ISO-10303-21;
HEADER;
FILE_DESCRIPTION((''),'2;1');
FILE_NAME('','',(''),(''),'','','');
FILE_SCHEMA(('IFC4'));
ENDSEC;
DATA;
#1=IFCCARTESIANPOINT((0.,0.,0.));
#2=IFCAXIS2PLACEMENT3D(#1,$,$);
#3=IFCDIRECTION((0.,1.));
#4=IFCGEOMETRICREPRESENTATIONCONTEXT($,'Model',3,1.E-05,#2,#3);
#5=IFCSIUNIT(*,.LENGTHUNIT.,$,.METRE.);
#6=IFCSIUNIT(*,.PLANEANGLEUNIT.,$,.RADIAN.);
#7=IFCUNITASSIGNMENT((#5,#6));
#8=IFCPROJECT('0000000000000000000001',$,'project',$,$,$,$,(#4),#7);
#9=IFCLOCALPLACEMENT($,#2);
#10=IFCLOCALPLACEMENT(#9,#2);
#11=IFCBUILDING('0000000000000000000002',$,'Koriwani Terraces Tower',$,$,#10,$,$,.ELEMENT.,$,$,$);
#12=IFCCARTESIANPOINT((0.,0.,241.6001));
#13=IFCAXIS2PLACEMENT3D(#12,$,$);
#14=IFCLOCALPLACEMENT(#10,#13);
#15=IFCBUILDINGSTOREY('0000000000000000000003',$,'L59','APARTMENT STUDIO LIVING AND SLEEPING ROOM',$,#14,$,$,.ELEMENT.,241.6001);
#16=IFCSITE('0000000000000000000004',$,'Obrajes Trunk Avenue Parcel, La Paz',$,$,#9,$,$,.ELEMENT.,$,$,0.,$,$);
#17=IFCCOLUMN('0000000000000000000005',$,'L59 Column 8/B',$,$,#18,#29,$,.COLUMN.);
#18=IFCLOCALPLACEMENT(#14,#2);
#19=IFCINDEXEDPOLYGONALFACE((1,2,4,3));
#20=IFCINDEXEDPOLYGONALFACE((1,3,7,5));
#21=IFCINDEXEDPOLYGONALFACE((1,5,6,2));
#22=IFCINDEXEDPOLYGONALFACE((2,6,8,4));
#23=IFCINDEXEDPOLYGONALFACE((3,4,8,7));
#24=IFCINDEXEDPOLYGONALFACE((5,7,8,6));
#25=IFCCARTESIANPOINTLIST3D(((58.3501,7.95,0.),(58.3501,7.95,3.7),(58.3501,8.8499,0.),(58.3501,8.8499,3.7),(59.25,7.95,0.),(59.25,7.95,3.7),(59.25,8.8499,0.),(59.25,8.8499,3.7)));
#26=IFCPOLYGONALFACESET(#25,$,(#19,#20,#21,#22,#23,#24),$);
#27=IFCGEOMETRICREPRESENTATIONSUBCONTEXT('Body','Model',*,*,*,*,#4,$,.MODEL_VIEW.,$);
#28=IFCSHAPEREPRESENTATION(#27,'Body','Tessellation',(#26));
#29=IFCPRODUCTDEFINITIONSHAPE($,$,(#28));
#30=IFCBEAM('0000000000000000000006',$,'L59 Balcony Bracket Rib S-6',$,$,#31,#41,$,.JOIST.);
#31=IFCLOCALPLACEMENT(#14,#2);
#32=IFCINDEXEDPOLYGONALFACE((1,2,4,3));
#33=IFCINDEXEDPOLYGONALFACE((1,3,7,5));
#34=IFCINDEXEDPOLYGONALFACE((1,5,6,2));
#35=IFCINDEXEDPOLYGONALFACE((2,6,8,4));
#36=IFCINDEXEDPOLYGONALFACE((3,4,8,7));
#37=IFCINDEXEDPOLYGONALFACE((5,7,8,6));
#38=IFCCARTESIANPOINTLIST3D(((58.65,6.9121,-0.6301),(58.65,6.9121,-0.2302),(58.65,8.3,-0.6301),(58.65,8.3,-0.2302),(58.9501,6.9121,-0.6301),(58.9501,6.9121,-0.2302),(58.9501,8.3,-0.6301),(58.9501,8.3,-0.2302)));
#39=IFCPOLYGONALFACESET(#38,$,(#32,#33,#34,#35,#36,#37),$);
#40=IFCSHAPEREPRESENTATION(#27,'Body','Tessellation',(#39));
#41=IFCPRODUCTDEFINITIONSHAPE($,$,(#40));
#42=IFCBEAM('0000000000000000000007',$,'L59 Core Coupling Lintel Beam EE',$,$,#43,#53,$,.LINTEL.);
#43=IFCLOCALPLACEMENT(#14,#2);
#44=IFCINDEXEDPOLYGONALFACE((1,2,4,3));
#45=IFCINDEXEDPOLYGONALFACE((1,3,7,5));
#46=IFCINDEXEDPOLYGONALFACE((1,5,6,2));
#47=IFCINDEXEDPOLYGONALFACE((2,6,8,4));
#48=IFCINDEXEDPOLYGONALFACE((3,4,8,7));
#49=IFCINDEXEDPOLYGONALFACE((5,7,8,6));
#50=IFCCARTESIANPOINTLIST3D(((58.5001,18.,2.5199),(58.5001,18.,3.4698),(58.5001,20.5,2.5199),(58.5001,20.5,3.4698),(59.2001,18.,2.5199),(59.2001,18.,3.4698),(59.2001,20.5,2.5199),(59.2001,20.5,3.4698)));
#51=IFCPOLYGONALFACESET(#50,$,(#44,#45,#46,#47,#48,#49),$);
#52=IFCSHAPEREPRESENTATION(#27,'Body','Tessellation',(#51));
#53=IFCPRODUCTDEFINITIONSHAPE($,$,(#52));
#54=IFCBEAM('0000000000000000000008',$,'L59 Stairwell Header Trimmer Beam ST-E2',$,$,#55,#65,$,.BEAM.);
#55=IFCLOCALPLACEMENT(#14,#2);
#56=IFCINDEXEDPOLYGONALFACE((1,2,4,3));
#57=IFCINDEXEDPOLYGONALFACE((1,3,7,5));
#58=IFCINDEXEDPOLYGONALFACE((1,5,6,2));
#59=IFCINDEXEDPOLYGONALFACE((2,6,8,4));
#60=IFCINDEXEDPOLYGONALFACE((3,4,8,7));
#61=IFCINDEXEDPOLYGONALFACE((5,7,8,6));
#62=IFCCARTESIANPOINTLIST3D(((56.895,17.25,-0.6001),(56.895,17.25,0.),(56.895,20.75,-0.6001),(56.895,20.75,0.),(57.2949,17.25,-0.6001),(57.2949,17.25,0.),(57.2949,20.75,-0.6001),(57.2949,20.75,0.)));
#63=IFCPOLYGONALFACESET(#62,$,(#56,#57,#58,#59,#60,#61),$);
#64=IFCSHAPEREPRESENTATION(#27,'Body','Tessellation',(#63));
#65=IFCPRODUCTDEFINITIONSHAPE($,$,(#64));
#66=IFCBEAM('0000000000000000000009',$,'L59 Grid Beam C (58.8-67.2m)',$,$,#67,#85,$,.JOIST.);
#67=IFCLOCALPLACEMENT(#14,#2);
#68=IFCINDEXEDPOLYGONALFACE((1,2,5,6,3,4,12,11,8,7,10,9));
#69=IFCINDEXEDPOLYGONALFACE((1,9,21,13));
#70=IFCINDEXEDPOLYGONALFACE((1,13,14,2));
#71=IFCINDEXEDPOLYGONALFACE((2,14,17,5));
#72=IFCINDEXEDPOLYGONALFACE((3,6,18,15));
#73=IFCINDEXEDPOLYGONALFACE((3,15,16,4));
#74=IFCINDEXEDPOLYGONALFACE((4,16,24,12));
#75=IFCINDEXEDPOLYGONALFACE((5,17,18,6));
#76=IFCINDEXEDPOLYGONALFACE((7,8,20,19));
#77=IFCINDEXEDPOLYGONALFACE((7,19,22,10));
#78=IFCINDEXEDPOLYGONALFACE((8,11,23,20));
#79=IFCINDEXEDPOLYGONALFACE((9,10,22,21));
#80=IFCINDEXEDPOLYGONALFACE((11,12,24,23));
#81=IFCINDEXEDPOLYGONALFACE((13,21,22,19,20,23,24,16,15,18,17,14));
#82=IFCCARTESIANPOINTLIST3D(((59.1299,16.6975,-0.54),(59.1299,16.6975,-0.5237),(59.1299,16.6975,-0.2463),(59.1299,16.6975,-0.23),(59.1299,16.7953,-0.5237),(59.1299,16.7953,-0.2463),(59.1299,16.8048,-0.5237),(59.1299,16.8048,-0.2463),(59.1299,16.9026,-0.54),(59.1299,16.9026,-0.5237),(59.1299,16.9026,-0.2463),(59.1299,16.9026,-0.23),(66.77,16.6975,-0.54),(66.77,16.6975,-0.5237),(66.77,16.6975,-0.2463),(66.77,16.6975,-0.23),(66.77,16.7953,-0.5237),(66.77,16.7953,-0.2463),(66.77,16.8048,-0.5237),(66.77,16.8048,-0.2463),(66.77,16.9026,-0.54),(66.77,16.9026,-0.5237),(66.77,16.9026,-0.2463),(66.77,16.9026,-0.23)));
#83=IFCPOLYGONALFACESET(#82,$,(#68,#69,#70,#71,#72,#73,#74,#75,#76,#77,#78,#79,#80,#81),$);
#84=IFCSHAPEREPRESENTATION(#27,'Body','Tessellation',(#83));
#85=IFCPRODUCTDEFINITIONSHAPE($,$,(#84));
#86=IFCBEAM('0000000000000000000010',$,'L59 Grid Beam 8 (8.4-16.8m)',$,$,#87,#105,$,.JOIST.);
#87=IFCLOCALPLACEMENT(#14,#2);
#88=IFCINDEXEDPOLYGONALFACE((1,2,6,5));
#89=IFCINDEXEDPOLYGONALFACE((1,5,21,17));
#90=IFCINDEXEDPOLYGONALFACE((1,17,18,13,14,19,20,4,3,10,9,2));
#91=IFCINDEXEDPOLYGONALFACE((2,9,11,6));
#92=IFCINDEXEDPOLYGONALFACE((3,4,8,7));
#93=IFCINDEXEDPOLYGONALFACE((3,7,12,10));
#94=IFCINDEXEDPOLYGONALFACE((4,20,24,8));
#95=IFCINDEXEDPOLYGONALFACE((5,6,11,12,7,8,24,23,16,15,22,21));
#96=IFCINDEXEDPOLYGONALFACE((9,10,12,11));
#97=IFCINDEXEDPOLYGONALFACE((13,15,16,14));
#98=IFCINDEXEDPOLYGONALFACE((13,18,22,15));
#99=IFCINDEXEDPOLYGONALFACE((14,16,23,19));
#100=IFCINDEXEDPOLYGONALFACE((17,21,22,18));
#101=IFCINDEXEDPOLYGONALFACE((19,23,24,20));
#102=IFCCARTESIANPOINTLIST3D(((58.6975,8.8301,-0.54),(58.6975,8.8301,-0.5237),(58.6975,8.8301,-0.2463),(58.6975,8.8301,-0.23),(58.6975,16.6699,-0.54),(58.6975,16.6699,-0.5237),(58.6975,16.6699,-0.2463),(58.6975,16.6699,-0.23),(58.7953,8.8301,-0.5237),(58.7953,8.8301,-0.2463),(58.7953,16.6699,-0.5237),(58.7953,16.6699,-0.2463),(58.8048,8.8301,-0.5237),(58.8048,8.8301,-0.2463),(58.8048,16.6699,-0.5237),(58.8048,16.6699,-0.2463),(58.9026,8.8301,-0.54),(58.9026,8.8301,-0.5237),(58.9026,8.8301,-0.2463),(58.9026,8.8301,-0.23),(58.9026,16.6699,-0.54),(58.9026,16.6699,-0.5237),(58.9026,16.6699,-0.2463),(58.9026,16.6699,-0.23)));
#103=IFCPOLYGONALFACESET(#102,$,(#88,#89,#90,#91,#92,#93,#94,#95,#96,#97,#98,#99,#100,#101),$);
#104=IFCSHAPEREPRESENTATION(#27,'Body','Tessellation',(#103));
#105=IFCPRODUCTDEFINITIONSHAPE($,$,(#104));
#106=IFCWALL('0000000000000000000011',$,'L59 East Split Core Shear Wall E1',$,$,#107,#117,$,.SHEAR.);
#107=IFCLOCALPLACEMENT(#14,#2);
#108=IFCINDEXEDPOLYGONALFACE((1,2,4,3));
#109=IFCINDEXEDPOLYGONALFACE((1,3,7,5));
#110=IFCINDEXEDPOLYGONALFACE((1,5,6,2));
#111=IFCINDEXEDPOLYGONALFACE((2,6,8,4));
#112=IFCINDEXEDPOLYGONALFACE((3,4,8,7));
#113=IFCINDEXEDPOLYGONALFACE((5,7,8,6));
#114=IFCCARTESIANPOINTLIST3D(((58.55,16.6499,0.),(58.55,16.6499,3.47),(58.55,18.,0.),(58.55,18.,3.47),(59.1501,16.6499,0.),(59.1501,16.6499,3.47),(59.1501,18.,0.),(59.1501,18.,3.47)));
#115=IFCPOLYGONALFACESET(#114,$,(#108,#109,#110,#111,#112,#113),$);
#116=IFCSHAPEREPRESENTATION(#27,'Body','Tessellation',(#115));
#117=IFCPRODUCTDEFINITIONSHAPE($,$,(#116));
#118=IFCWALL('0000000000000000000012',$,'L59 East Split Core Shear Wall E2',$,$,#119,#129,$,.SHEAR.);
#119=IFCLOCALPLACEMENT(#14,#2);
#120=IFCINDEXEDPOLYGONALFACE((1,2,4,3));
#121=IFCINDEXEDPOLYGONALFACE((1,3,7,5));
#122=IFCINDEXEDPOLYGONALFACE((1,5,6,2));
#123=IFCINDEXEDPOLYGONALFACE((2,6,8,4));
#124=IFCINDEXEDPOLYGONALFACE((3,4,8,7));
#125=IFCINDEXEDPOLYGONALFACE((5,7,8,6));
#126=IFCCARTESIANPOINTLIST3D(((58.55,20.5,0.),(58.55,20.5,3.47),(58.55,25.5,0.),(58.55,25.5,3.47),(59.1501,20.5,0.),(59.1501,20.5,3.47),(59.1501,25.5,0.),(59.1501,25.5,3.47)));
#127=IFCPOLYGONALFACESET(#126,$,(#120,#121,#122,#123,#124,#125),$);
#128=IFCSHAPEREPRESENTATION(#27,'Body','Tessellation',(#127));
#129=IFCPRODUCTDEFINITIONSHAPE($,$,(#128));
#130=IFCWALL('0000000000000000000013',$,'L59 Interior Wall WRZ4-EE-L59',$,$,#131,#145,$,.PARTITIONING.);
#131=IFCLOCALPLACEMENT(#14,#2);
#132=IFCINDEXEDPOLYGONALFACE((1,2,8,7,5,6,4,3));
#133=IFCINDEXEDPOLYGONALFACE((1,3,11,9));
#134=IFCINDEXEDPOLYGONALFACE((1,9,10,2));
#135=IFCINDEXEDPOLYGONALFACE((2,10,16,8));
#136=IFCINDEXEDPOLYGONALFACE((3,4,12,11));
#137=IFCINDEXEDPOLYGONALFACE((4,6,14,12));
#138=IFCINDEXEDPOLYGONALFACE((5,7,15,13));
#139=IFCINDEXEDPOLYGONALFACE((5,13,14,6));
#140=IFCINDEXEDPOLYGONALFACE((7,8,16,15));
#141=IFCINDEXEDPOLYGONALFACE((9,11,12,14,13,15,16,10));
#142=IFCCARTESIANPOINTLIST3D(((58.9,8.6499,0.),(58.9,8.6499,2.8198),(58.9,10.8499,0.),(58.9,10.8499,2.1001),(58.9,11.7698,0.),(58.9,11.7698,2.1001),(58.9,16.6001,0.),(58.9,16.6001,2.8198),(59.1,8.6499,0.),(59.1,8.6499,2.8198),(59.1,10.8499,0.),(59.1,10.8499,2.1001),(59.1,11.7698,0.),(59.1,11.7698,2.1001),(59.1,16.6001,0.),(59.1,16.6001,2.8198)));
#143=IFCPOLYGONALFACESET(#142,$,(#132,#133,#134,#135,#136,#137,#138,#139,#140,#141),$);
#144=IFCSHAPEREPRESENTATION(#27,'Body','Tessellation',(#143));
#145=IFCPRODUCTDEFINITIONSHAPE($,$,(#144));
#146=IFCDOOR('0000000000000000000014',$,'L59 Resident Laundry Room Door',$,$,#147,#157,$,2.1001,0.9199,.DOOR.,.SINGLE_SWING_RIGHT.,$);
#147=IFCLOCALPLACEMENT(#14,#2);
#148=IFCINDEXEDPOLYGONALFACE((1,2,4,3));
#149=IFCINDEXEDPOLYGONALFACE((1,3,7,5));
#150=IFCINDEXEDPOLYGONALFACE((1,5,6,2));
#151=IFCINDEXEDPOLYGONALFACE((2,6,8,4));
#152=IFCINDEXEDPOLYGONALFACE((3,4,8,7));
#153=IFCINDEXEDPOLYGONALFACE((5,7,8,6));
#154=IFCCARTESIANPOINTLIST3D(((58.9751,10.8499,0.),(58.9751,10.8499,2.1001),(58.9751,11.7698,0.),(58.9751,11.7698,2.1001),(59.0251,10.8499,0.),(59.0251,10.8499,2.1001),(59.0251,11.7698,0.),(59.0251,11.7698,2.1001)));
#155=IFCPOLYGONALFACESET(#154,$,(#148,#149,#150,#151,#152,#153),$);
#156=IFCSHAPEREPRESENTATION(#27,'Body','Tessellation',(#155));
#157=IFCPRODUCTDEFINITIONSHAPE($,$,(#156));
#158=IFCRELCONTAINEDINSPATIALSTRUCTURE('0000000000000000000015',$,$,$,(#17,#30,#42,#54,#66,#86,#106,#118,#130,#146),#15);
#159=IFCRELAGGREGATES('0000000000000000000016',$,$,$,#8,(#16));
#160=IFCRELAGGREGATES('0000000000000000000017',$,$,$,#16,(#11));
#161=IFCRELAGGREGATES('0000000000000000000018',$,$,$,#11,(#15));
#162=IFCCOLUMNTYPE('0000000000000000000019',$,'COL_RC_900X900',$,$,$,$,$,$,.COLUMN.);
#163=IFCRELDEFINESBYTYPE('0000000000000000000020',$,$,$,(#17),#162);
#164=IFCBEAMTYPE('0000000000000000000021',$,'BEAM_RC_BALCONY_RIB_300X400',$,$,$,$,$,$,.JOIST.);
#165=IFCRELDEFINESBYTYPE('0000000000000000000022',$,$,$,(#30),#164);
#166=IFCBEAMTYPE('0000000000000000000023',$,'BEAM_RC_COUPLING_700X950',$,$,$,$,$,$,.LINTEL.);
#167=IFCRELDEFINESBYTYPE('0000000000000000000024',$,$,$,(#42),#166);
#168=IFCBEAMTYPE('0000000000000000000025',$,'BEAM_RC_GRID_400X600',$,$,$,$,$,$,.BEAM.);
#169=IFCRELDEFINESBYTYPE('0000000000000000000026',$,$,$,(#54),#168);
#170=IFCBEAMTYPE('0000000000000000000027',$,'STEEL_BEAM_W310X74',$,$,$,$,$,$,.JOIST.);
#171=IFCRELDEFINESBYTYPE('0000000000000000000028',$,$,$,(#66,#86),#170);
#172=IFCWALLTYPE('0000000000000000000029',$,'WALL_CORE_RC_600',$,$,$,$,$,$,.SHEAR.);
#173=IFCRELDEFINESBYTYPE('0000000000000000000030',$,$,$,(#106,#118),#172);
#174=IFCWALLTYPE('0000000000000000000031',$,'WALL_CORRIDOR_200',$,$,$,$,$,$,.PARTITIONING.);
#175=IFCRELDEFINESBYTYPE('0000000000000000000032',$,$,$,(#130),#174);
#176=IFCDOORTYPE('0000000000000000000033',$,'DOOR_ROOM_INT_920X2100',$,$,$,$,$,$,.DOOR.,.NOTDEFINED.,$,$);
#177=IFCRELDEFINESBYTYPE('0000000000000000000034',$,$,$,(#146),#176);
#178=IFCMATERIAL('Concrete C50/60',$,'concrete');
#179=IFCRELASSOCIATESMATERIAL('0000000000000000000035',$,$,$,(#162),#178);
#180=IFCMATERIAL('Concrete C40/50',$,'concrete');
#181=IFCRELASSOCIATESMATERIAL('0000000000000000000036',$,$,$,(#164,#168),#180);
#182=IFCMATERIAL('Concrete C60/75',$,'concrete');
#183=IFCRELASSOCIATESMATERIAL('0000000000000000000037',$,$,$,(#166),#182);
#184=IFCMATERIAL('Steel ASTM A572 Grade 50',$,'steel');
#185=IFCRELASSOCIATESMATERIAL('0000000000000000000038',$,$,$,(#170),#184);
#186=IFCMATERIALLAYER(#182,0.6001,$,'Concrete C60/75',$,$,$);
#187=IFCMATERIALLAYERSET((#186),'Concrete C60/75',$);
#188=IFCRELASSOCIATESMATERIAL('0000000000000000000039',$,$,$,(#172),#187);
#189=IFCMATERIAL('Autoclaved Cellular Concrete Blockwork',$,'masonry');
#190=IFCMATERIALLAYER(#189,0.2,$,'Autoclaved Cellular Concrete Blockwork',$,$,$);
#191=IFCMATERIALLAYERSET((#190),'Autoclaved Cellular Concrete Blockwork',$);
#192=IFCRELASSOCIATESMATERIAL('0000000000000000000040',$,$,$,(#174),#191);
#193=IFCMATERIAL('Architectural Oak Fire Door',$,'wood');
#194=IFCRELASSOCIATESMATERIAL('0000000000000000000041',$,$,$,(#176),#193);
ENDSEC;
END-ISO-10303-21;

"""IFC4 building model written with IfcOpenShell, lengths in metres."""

from ifc_helpers import new_model, si_unit, direction, frame, frame_2d, origin, origin_2d, place, context, subcontext, project, spatial, rectangle, i_section, extrude, material, layer, layer_set, material_profile, profile_set, type_object, element, fill, save


model = new_model("IFC4")

# Units and contexts
model_context = context("Model", 3, precision=1e-05, world=origin(), true_north=direction((0.0, 1.0)))
body_context = subcontext(model_context, "Body", "Model", "MODEL_VIEW")
ifc_project = project(units=[si_unit("LENGTHUNIT", "METRE"), si_unit("PLANEANGLEUNIT", "RADIAN")], contexts=[model_context])

# Site, building, storey
site_placement = place(None, origin())
site = spatial("IfcSite", under=ifc_project, at=site_placement, Name="Obrajes Trunk Avenue Parcel, La Paz", CompositionType="ELEMENT", RefElevation=0.0)
building_placement = place(site_placement, origin())
building = spatial("IfcBuilding", under=site, at=building_placement, Name="Koriwani Terraces Tower", CompositionType="ELEMENT")
storey_placement = place(building_placement, frame((0.0, 0.0, 241.6001)))
storey = spatial("IfcBuildingStorey", under=building, at=storey_placement, Name="L59", Description="APARTMENT STUDIO LIVING AND SLEEPING ROOM", CompositionType="ELEMENT", Elevation=241.6001)

# Column
ifc_material_1 = material(Name="Concrete C50/60", Category="concrete")
ifc_material_profile_1 = material_profile(ifc_material_1, rectangle(XDim=0.8999, YDim=0.8999, at=origin_2d()), Name="Concrete C50/60", Category="LoadBearing")
ifc_profile_set_1 = profile_set([ifc_material_profile_1], Name="Concrete C50/60")
column_type = type_object("IfcColumnType", Name="COL_RC_900X900", PredefinedType="COLUMN", material=ifc_profile_set_1)
column_placement = place(storey_placement, frame((58.8, 8.3999, 0.0), z_axis=(0.0, 0.0, 1.0), x_axis=(1.0, 0.0, 0.0)))
element("IfcColumn", 1, at=column_placement, inside=storey, type_object=column_type, Name="L59 Column 8/B", PredefinedType="COLUMN", context=body_context, shape_type="SweptSolid", body=[
    extrude(rectangle(XDim=0.8999, YDim=0.8999, at=origin_2d()), origin(), (0.0, 0.0, 1.0), 3.7),
])

# Beams
ifc_material_2 = material(Name="Concrete C40/50", Category="concrete")
ifc_material_profile_2 = material_profile(ifc_material_2, rectangle(XDim=0.3, YDim=0.3999, at=origin_2d()), Name="Concrete C40/50", Category="LoadBearing")
ifc_profile_set_2 = profile_set([ifc_material_profile_2], Name="Concrete C40/50")
beam_type_1 = type_object("IfcBeamType", Name="BEAM_RC_BALCONY_RIB_300X400", PredefinedType="JOIST", material=ifc_profile_set_2)
beam_1_placement = place(storey_placement, frame((58.8, 6.9121, -0.4302), z_axis=(0.0, 1.0, 0.0), x_axis=(-1.0, 0.0, 0.0)))
element("IfcBeam", 2, at=beam_1_placement, inside=storey, type_object=beam_type_1, Name="L59 Balcony Bracket Rib S-6", PredefinedType="JOIST", context=body_context, shape_type="SweptSolid", body=[
    extrude(rectangle(XDim=0.3, YDim=0.3999, at=origin_2d()), origin(), (0.0, 0.0, 1.0), 1.3879),
])
ifc_material_3 = material(Name="Concrete C60/75", Category="concrete")
ifc_material_profile_3 = material_profile(ifc_material_3, rectangle(XDim=0.7, YDim=0.95, at=origin_2d()), Name="Concrete C60/75", Category="LoadBearing")
ifc_profile_set_3 = profile_set([ifc_material_profile_3], Name="Concrete C60/75")
beam_type_2 = type_object("IfcBeamType", Name="BEAM_RC_COUPLING_700X950", PredefinedType="LINTEL", material=ifc_profile_set_3)
beam_2_placement = place(storey_placement, frame((58.8501, 18.0, 2.9949), z_axis=(0.0, 1.0, 0.0), x_axis=(-1.0, 0.0, 0.0)))
element("IfcBeam", 3, at=beam_2_placement, inside=storey, type_object=beam_type_2, Name="L59 Core Coupling Lintel Beam EE", PredefinedType="LINTEL", context=body_context, shape_type="SweptSolid", body=[
    extrude(rectangle(XDim=0.7, YDim=0.95, at=origin_2d()), origin(), (0.0, 0.0, 1.0), 2.5),
])
ifc_material_profile_4 = material_profile(ifc_material_2, rectangle(XDim=0.3999, YDim=0.6001, at=origin_2d()), Name="Concrete C40/50", Category="LoadBearing")
ifc_profile_set_4 = profile_set([ifc_material_profile_4], Name="Concrete C40/50")
beam_type_3 = type_object("IfcBeamType", Name="BEAM_RC_GRID_400X600", PredefinedType="BEAM", material=ifc_profile_set_4)
beam_3_placement = place(storey_placement, frame((57.095, 17.25, -0.3), z_axis=(0.0, 1.0, 0.0), x_axis=(-1.0, 0.0, 0.0)))
element("IfcBeam", 4, at=beam_3_placement, inside=storey, type_object=beam_type_3, Name="L59 Stairwell Header Trimmer Beam ST-E2", PredefinedType="BEAM", context=body_context, shape_type="SweptSolid", body=[
    extrude(rectangle(XDim=0.3999, YDim=0.6001, at=origin_2d()), origin(), (0.0, 0.0, 1.0), 3.5),
])
ifc_material_4 = material(Name="Steel ASTM A572 Grade 50", Category="steel")
ifc_material_profile_5 = material_profile(ifc_material_4, i_section(OverallWidth=0.2051, OverallDepth=0.3101, WebThickness=0.0095, FlangeThickness=0.0164, at=origin_2d()), Name="Steel ASTM A572 Grade 50", Category="LoadBearing")
ifc_profile_set_5 = profile_set([ifc_material_profile_5], Name="Steel ASTM A572 Grade 50")
beam_type_4 = type_object("IfcBeamType", Name="STEEL_BEAM_W310X74", PredefinedType="JOIST", material=ifc_profile_set_5)
beam_4_placement = place(storey_placement, frame((59.1299, 16.8, -0.385), z_axis=(1.0, 0.0, 0.0), x_axis=(0.0, 1.0, 0.0)))
element("IfcBeam", 5, at=beam_4_placement, inside=storey, type_object=beam_type_4, Name="L59 Grid Beam C (58.8-67.2m)", PredefinedType="JOIST", context=body_context, shape_type="SweptSolid", body=[
    extrude(i_section(OverallWidth=0.2051, OverallDepth=0.3101, WebThickness=0.0095, FlangeThickness=0.0164, at=origin_2d()), origin(), (0.0, 0.0, 1.0), 7.6401),
])
beam_5_placement = place(storey_placement, frame((58.8, 8.8301, -0.385), z_axis=(0.0, 1.0, 0.0), x_axis=(-1.0, 0.0, 0.0)))
element("IfcBeam", 6, at=beam_5_placement, inside=storey, type_object=beam_type_4, Name="L59 Grid Beam 8 (8.4-16.8m)", PredefinedType="JOIST", context=body_context, shape_type="SweptSolid", body=[
    extrude(i_section(OverallWidth=0.2051, OverallDepth=0.3101, WebThickness=0.0095, FlangeThickness=0.0164, at=origin_2d()), origin(), (0.0, 0.0, 1.0), 7.8398),
])

# Walls
ifc_layer_1 = layer(ifc_material_3, 0.6001, Name="Concrete C60/75")
ifc_layer_set_1 = layer_set([ifc_layer_1], Name="Concrete C60/75")
wall_type_1 = type_object("IfcWallType", Name="WALL_CORE_RC_600", PredefinedType="SHEAR", material=ifc_layer_set_1)
wall_1_placement = place(storey_placement, frame((58.8501, 16.6499, 0.0), z_axis=(0.0, 0.0, 1.0), x_axis=(0.0, 1.0, 0.0)))
element("IfcWall", 7, at=wall_1_placement, inside=storey, type_object=wall_type_1, Name="L59 East Split Core Shear Wall E1", PredefinedType="SHEAR", context=body_context, shape_type="SweptSolid", body=[
    extrude(rectangle(XDim=1.3501, YDim=0.6001, at=frame_2d((0.675, 0.0))), origin(), (0.0, 0.0, 1.0), 3.47),
])
wall_2_placement = place(storey_placement, frame((58.8501, 20.5, 0.0), z_axis=(0.0, 0.0, 1.0), x_axis=(0.0, 1.0, 0.0)))
element("IfcWall", 8, at=wall_2_placement, inside=storey, type_object=wall_type_1, Name="L59 East Split Core Shear Wall E2", PredefinedType="SHEAR", context=body_context, shape_type="SweptSolid", body=[
    extrude(rectangle(XDim=5.0, YDim=0.6001, at=frame_2d((2.5, 0.0))), origin(), (0.0, 0.0, 1.0), 3.47),
])

# Wall, opening, door
ifc_material_5 = material(Name="Autoclaved Cellular Concrete Blockwork", Category="masonry")
ifc_layer_2 = layer(ifc_material_5, 0.2, Name="Autoclaved Cellular Concrete Blockwork")
ifc_layer_set_2 = layer_set([ifc_layer_2], Name="Autoclaved Cellular Concrete Blockwork")
wall_type_2 = type_object("IfcWallType", Name="WALL_CORRIDOR_200", PredefinedType="PARTITIONING", material=ifc_layer_set_2)
wall_3_placement = place(storey_placement, frame((59.0, 8.6499, 0.0), z_axis=(0.0, 0.0, 1.0), x_axis=(0.0, 1.0, 0.0)))
wall_3 = element("IfcWall", 9, at=wall_3_placement, inside=storey, type_object=wall_type_2, Name="L59 Interior Wall WRZ4-EE-L59", PredefinedType="PARTITIONING", context=body_context, shape_type="SweptSolid", body=[
    extrude(rectangle(XDim=7.9502, YDim=0.2, at=frame_2d((3.9751, 0.0))), origin(), (0.0, 0.0, 1.0), 2.8198),
])
opening_1_placement = place(wall_3_placement, frame((2.2, 0.0, 0.0)))
opening_1 = element("IfcOpeningElement", 10, at=opening_1_placement, cuts=wall_3, PredefinedType="OPENING", context=body_context, shape_type="SweptSolid", body=[
    extrude(rectangle(XDim=0.9199, YDim=2.1001, at=frame_2d((0.46, 1.05))), frame((0.0, 0.1099, 0.0), z_axis=(0.0, -1.0, 0.0), x_axis=(1.0, 0.0, 0.0)), (0.0, 0.0, 1.0), 0.22),
])
ifc_material_6 = material(Name="Architectural Oak Fire Door", Category="wood")
door_type_1 = type_object("IfcDoorType", Name="DOOR_ROOM_INT_920X2100", OperationType="NOTDEFINED", PredefinedType="DOOR", material=ifc_material_6)
door_1_placement = place(opening_1_placement, origin())
door_1 = element("IfcDoor", 11, at=door_1_placement, inside=storey, type_object=door_type_1, Name="L59 Resident Laundry Room Door", OperationType="SINGLE_SWING_RIGHT", OverallHeight=2.1001, OverallWidth=0.9199, PredefinedType="DOOR", context=body_context, shape_type="SweptSolid", body=[
    extrude(rectangle(XDim=0.9199, YDim=2.1001, at=frame_2d((0.46, 1.05))), frame((0.0, 0.0249, 0.0), z_axis=(0.0, -1.0, 0.0), x_axis=(1.0, 0.0, 0.0)), (0.0, 0.0, 1.0), 0.05),
])
fill(opening_1, door_1)

save(model, "model.ifc")
